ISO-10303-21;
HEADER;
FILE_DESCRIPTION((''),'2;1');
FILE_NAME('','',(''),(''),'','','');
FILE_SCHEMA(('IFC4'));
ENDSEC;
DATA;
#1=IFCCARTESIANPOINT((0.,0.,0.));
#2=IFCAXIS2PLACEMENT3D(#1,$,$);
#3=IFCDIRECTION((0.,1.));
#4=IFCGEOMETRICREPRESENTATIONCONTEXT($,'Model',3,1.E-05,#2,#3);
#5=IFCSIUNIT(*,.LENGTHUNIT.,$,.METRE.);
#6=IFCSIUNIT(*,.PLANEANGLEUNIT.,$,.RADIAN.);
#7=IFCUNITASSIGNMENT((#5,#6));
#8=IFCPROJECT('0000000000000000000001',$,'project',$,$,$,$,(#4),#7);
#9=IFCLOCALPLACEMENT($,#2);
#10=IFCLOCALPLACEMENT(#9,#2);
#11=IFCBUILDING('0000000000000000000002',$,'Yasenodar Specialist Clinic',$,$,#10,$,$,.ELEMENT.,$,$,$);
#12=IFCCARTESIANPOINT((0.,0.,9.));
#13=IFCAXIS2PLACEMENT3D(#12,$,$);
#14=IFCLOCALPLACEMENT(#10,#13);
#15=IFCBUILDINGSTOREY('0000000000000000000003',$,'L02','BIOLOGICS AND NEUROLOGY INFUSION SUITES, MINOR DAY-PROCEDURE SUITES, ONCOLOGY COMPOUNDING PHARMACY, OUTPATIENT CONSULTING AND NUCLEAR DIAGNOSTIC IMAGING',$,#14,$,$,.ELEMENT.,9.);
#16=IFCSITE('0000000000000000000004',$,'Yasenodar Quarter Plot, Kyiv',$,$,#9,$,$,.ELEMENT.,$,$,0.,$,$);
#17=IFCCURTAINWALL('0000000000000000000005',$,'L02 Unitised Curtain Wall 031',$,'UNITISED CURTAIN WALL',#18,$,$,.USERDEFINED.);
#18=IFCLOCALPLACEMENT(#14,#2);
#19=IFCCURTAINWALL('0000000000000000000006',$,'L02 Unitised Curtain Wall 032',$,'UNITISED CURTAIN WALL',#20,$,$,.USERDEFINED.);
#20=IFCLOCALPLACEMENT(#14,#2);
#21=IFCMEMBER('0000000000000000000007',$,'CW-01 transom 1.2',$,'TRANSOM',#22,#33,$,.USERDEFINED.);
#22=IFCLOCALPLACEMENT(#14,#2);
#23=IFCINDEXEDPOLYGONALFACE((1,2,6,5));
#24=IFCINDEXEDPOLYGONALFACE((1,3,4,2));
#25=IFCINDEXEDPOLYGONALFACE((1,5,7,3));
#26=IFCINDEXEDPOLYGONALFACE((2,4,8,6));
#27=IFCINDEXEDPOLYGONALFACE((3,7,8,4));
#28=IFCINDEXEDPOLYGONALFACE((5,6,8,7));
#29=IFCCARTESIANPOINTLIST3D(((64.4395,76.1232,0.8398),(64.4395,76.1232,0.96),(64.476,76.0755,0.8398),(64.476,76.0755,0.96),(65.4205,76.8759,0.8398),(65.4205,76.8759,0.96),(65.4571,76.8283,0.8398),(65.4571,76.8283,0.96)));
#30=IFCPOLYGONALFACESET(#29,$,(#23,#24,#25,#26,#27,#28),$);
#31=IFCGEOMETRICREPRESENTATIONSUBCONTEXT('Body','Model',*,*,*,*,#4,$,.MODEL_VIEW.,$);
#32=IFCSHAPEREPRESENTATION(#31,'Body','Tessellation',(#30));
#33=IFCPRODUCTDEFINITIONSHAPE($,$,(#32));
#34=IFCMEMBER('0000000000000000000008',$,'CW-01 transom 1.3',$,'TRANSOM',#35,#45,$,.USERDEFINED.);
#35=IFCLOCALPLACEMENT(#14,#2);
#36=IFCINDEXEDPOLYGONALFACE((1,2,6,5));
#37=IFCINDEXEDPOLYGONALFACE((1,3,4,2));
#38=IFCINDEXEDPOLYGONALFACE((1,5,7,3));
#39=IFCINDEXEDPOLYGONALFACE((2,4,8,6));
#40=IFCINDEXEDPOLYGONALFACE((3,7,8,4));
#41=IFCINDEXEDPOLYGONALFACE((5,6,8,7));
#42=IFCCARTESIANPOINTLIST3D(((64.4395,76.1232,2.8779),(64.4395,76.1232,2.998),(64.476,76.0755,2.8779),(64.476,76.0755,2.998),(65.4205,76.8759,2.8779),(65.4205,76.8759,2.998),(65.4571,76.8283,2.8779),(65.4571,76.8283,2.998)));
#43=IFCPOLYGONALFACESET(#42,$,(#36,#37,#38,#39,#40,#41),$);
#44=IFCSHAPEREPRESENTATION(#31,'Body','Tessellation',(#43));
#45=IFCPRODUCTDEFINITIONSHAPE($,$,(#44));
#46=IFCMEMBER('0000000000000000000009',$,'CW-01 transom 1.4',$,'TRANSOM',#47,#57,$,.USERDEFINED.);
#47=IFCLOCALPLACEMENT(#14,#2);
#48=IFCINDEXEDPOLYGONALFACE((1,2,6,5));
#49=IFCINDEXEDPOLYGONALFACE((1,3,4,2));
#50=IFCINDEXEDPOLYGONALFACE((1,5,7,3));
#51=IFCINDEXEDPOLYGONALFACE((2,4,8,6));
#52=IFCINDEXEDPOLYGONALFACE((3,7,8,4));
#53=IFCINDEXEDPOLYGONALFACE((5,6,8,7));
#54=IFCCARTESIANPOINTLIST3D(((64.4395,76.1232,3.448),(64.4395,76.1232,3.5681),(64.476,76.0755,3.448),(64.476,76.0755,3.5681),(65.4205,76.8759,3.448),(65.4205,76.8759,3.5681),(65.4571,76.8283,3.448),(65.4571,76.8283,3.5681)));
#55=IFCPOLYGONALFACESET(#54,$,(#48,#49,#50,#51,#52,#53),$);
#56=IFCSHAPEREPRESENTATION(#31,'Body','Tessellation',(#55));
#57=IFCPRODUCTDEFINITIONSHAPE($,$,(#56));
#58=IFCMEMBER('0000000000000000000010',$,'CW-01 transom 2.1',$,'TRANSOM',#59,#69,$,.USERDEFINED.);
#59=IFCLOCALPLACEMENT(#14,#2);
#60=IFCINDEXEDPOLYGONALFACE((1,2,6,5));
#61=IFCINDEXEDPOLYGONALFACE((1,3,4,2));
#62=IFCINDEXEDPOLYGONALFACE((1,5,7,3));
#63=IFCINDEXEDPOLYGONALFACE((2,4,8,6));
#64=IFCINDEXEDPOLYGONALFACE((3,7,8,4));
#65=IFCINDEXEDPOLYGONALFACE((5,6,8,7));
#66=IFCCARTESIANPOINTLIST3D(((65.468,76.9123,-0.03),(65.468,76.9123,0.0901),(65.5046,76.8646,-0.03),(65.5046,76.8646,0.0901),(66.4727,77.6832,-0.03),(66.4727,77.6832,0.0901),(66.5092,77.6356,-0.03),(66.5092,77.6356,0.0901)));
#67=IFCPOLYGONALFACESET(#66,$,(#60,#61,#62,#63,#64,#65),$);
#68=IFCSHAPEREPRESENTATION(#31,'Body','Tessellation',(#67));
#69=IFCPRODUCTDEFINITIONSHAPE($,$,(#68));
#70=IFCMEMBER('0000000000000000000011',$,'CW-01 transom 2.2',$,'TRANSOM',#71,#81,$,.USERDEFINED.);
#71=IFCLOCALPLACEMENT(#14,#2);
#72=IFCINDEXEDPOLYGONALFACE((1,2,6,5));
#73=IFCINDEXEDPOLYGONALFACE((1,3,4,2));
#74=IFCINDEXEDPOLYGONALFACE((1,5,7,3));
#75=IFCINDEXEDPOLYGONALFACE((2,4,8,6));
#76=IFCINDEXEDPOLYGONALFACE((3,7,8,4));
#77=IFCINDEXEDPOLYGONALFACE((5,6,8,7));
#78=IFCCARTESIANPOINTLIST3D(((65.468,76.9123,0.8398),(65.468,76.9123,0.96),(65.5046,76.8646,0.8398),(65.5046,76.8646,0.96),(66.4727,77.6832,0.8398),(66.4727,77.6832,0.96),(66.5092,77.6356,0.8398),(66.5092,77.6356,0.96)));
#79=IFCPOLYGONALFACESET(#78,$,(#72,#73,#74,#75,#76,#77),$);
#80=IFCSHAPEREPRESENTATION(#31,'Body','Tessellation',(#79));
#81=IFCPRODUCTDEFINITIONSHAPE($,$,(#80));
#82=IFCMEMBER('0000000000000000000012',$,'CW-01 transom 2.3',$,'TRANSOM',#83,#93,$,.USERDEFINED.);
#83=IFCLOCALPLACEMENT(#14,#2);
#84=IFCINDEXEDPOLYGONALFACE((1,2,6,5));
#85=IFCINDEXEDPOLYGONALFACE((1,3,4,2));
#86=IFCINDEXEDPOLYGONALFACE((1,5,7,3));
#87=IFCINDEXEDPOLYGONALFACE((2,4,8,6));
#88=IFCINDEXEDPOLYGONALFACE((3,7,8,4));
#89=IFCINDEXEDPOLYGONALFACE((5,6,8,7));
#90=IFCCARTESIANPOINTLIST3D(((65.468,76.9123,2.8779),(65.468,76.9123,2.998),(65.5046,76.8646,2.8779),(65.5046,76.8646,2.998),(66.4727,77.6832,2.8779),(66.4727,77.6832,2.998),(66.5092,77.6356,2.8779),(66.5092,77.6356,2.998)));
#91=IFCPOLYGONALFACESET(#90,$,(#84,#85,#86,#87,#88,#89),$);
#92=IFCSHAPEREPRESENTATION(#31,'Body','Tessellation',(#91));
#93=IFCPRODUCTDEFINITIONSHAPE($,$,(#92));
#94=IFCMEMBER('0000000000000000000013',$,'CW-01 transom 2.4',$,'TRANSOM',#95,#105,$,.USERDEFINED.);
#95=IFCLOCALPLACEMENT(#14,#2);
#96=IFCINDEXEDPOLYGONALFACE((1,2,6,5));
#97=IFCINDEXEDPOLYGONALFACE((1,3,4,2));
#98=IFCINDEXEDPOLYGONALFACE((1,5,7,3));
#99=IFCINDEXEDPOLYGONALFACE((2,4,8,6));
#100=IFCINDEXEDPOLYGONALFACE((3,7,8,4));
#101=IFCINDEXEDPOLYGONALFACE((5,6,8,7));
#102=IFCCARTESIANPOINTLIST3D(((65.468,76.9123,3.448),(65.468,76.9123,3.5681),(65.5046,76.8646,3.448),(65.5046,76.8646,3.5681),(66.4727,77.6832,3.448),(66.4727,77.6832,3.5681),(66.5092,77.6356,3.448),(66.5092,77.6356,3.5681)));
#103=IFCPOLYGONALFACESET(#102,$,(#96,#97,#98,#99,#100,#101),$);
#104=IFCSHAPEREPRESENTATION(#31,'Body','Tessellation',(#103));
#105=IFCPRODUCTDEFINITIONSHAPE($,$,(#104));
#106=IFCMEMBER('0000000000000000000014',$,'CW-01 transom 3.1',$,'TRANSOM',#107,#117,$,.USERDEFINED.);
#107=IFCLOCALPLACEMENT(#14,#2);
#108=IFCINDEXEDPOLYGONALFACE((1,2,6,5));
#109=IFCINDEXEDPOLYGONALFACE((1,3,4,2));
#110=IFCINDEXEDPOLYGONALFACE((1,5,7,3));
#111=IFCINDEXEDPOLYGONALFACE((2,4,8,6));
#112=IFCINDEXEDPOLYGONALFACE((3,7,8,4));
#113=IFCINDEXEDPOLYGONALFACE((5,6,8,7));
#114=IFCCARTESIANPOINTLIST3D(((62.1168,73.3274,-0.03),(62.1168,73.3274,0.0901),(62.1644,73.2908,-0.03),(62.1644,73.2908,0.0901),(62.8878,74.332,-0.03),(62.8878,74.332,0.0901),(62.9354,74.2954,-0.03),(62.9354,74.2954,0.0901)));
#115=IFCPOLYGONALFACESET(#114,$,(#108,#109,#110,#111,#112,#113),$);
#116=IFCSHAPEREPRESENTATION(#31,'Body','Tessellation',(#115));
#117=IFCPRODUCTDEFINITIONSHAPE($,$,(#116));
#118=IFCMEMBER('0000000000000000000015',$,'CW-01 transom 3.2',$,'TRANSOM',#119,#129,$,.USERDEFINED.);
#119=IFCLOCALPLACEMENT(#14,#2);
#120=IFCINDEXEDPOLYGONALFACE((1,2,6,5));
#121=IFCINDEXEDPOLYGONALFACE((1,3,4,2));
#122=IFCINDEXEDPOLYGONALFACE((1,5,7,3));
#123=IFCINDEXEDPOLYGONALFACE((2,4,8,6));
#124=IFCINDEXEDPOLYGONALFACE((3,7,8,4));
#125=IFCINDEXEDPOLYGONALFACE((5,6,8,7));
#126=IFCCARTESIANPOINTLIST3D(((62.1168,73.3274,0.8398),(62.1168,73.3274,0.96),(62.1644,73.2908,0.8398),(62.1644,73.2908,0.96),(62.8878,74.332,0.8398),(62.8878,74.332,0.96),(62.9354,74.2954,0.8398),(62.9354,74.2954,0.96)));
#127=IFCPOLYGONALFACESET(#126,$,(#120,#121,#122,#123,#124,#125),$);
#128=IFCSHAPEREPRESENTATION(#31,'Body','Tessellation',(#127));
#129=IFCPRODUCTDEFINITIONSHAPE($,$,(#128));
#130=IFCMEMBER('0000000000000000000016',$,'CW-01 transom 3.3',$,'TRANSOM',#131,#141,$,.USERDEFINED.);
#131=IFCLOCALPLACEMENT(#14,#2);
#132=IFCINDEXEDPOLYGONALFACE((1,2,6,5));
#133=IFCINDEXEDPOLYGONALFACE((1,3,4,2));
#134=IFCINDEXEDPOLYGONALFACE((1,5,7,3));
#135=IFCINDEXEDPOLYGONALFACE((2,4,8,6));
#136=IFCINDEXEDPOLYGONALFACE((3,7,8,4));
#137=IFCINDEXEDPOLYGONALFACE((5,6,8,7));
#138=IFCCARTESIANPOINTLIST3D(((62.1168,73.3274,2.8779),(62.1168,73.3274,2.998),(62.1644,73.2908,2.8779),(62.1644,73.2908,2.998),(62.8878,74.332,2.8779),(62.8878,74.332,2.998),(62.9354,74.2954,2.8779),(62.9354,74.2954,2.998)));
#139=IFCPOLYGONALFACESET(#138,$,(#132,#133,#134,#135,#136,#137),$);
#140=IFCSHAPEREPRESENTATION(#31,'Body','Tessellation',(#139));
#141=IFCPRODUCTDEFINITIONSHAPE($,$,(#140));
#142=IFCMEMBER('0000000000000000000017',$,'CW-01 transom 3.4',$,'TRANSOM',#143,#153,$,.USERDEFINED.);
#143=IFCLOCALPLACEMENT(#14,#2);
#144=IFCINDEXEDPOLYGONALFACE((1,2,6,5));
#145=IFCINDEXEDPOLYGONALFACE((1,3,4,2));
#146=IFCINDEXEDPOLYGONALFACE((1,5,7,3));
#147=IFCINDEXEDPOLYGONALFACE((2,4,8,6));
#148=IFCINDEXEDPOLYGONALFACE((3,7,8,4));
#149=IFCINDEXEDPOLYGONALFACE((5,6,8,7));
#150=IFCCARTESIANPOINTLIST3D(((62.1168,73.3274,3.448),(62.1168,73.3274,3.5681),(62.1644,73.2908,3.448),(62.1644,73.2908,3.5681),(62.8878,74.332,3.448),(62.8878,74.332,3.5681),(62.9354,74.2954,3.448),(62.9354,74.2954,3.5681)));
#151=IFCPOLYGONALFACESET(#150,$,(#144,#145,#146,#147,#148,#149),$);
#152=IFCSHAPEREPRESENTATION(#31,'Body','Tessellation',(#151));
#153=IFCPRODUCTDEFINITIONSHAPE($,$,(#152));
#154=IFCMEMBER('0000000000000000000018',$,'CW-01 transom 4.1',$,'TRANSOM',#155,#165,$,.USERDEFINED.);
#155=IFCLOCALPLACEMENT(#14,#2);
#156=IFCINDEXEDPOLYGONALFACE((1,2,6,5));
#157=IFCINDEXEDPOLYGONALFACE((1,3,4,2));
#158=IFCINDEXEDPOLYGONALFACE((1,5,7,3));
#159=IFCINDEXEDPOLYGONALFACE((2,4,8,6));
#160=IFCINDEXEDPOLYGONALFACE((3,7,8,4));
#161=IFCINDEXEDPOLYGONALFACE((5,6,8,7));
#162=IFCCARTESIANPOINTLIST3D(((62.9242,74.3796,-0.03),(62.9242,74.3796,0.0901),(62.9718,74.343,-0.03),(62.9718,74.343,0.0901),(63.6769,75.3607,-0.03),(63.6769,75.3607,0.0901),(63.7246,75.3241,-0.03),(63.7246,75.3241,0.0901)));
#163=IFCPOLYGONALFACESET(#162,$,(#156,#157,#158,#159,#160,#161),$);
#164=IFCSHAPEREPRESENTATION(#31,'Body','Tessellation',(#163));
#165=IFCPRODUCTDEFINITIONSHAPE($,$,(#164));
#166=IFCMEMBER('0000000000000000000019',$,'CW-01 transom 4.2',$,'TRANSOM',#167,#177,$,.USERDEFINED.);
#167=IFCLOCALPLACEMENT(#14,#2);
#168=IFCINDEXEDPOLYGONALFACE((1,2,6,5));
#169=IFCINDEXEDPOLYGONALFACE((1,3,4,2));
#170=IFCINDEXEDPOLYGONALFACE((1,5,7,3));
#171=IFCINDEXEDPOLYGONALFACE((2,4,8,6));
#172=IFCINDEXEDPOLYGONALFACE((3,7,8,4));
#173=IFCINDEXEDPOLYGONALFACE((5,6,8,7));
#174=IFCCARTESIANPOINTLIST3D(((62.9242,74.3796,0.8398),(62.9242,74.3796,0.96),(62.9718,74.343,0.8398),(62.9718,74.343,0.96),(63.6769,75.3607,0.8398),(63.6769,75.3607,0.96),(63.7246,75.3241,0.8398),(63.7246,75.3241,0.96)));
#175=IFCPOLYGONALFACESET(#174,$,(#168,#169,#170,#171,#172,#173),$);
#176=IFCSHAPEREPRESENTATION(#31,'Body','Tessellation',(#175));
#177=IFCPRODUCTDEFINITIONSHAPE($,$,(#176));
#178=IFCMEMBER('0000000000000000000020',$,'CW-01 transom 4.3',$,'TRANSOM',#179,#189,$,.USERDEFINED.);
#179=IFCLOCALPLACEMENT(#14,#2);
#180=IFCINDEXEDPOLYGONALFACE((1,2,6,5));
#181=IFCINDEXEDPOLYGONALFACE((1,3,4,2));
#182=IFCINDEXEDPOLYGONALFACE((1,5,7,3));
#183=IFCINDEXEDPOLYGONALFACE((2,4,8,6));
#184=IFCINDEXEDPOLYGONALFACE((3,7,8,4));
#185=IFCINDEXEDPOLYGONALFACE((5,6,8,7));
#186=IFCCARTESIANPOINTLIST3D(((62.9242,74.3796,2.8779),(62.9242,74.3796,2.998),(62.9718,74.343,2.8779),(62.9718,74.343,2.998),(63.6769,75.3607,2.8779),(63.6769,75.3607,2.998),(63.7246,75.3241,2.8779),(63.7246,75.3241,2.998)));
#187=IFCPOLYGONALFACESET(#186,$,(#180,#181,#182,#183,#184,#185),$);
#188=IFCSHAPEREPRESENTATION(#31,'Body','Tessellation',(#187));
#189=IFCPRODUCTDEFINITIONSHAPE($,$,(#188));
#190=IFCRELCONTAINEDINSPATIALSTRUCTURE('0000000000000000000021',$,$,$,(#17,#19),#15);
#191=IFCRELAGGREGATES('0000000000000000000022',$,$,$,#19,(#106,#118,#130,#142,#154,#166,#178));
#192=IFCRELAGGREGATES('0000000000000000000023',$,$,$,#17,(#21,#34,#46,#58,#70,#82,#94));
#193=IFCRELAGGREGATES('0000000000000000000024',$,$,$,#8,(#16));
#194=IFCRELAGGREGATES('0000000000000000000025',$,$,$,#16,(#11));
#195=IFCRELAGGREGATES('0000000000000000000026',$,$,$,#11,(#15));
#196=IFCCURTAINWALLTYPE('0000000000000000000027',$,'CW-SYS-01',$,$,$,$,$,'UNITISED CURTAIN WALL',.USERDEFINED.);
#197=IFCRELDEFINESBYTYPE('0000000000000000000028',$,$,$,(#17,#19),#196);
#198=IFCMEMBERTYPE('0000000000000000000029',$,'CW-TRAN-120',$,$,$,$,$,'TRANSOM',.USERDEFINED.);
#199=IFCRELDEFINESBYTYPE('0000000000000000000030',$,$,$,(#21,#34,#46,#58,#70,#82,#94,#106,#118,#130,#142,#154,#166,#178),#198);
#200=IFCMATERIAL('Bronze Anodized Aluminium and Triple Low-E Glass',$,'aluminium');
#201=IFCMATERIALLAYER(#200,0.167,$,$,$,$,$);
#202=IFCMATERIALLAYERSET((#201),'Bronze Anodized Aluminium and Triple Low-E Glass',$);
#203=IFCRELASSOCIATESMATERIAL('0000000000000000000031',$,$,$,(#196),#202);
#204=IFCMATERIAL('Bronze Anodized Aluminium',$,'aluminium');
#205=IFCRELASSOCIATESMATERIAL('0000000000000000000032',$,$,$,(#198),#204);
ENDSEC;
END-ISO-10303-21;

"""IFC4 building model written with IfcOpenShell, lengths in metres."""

from ifc_helpers import new_model, si_unit, direction, frame, origin, origin_2d, place, context, subcontext, project, spatial, rectangle, extrude, material, layer, layer_set, material_profile, profile_set, type_object, element, aggregate, save


model = new_model("IFC4")

# Units and contexts
model_context = context("Model", 3, precision=1e-05, world=origin(), true_north=direction((0.0, 1.0)))
body_context = subcontext(model_context, "Body", "Model", "MODEL_VIEW")
ifc_project = project(units=[si_unit("LENGTHUNIT", "METRE"), si_unit("PLANEANGLEUNIT", "RADIAN")], contexts=[model_context])

# Site, building, storey
site_placement = place(None, origin())
site = spatial("IfcSite", under=ifc_project, at=site_placement, Name="Yasenodar Quarter Plot, Kyiv", CompositionType="ELEMENT", RefElevation=0.0)
building_placement = place(site_placement, origin())
building = spatial("IfcBuilding", under=site, at=building_placement, Name="Yasenodar Specialist Clinic", CompositionType="ELEMENT")
storey_placement = place(building_placement, frame((0.0, 0.0, 9.0)))
storey = spatial("IfcBuildingStorey", under=building, at=storey_placement, Name="L02", Description="BIOLOGICS AND NEUROLOGY INFUSION SUITES, MINOR DAY-PROCEDURE SUITES, ONCOLOGY COMPOUNDING PHARMACY, OUTPATIENT CONSULTING AND NUCLEAR DIAGNOSTIC IMAGING", CompositionType="ELEMENT", Elevation=9.0)

# Curtain walls
ifc_material_1 = material(Name="Bronze Anodized Aluminium and Triple Low-E Glass", Category="aluminium")
ifc_layer_1 = layer(ifc_material_1, 0.167)
ifc_layer_set_1 = layer_set([ifc_layer_1], Name="Bronze Anodized Aluminium and Triple Low-E Glass")
curtain_wall_type = type_object("IfcCurtainWallType", Name="CW-SYS-01", ElementType="UNITISED CURTAIN WALL", PredefinedType="USERDEFINED", material=ifc_layer_set_1)
curtain_wall_1_placement = place(storey_placement, origin())
curtain_wall_1 = element("IfcCurtainWall", 1, at=curtain_wall_1_placement, inside=storey, type_object=curtain_wall_type, Name="L02 Unitised Curtain Wall 031", ObjectType="UNITISED CURTAIN WALL", PredefinedType="USERDEFINED")
ifc_material_2 = material(Name="Bronze Anodized Aluminium", Category="aluminium")
curtain_wall_2_placement = place(storey_placement, origin())
curtain_wall_2 = element("IfcCurtainWall", 2, at=curtain_wall_2_placement, inside=storey, type_object=curtain_wall_type, Name="L02 Unitised Curtain Wall 032", ObjectType="UNITISED CURTAIN WALL", PredefinedType="USERDEFINED")

# Members
ifc_material_profile_1 = material_profile(ifc_material_2, rectangle(XDim=0.0601, YDim=0.1201, at=origin_2d()), Name="CW-TRAN 60x120")
ifc_profile_set_1 = profile_set([ifc_material_profile_1], Name="Bronze Anodized Aluminium")
member_type_1 = type_object("IfcMemberType", Name="CW-TRAN-120", ElementType="TRANSOM", PredefinedType="USERDEFINED", material=ifc_profile_set_1)
member_1_placement = place(storey_placement, frame((64.4578, 76.0994, 0.8999), z_axis=(0.793365, 0.608747, 0.0), x_axis=(-0.608747, 0.793365, 0.0)))
member_1 = element("IfcMember", 3, at=member_1_placement, type_object=member_type_1, Name="CW-01 transom 1.2", ObjectType="TRANSOM", PredefinedType="USERDEFINED", context=body_context, shape_type="SweptSolid", body=[
    extrude(rectangle(XDim=0.0601, YDim=0.1201, at=origin_2d()), origin(), (0.0, 0.0, 1.0), 1.2366),
])
member_2_placement = place(storey_placement, frame((64.4578, 76.0994, 2.938), z_axis=(0.793365, 0.608747, 0.0), x_axis=(-0.608747, 0.793365, 0.0)))
member_2 = element("IfcMember", 4, at=member_2_placement, type_object=member_type_1, Name="CW-01 transom 1.3", ObjectType="TRANSOM", PredefinedType="USERDEFINED", context=body_context, shape_type="SweptSolid", body=[
    extrude(rectangle(XDim=0.0601, YDim=0.1201, at=origin_2d()), origin(), (0.0, 0.0, 1.0), 1.2366),
])
member_3_placement = place(storey_placement, frame((64.4578, 76.0994, 3.5081), z_axis=(0.793365, 0.608747, 0.0), x_axis=(-0.608747, 0.793365, 0.0)))
member_3 = element("IfcMember", 5, at=member_3_placement, type_object=member_type_1, Name="CW-01 transom 1.4", ObjectType="TRANSOM", PredefinedType="USERDEFINED", context=body_context, shape_type="SweptSolid", body=[
    extrude(rectangle(XDim=0.0601, YDim=0.1201, at=origin_2d()), origin(), (0.0, 0.0, 1.0), 1.2366),
])
member_4_placement = place(storey_placement, frame((65.4863, 76.8884, 0.03), z_axis=(0.793311, 0.608816, 0.0), x_axis=(-0.608816, 0.793311, 0.0)))
member_4 = element("IfcMember", 6, at=member_4_placement, type_object=member_type_1, Name="CW-01 transom 2.1", ObjectType="TRANSOM", PredefinedType="USERDEFINED", context=body_context, shape_type="SweptSolid", body=[
    extrude(rectangle(XDim=0.0601, YDim=0.1201, at=origin_2d()), origin(), (0.0, 0.0, 1.0), 1.2664),
])
member_5_placement = place(storey_placement, frame((65.4863, 76.8884, 0.8999), z_axis=(0.793311, 0.608816, 0.0), x_axis=(-0.608816, 0.793311, 0.0)))
member_5 = element("IfcMember", 7, at=member_5_placement, type_object=member_type_1, Name="CW-01 transom 2.2", ObjectType="TRANSOM", PredefinedType="USERDEFINED", context=body_context, shape_type="SweptSolid", body=[
    extrude(rectangle(XDim=0.0601, YDim=0.1201, at=origin_2d()), origin(), (0.0, 0.0, 1.0), 1.2664),
])
member_6_placement = place(storey_placement, frame((65.4863, 76.8884, 2.938), z_axis=(0.793311, 0.608816, 0.0), x_axis=(-0.608816, 0.793311, 0.0)))
member_6 = element("IfcMember", 8, at=member_6_placement, type_object=member_type_1, Name="CW-01 transom 2.3", ObjectType="TRANSOM", PredefinedType="USERDEFINED", context=body_context, shape_type="SweptSolid", body=[
    extrude(rectangle(XDim=0.0601, YDim=0.1201, at=origin_2d()), origin(), (0.0, 0.0, 1.0), 1.2664),
])
member_7_placement = place(storey_placement, frame((65.4863, 76.8884, 3.5081), z_axis=(0.793311, 0.608816, 0.0), x_axis=(-0.608816, 0.793311, 0.0)))
member_7 = element("IfcMember", 9, at=member_7_placement, type_object=member_type_1, Name="CW-01 transom 2.4", ObjectType="TRANSOM", PredefinedType="USERDEFINED", context=body_context, shape_type="SweptSolid", body=[
    extrude(rectangle(XDim=0.0601, YDim=0.1201, at=origin_2d()), origin(), (0.0, 0.0, 1.0), 1.2664),
])
member_8_placement = place(storey_placement, frame((62.1406, 73.3091, 0.03), z_axis=(0.608816, 0.793311, 0.0), x_axis=(-0.793311, 0.608816, 0.0)))
member_8 = element("IfcMember", 10, at=member_8_placement, type_object=member_type_1, Name="CW-01 transom 3.1", ObjectType="TRANSOM", PredefinedType="USERDEFINED", context=body_context, shape_type="SweptSolid", body=[
    extrude(rectangle(XDim=0.0601, YDim=0.1201, at=origin_2d()), origin(), (0.0, 0.0, 1.0), 1.2664),
])
member_9_placement = place(storey_placement, frame((62.1406, 73.3091, 0.8999), z_axis=(0.608816, 0.793311, 0.0), x_axis=(-0.793311, 0.608816, 0.0)))
member_9 = element("IfcMember", 11, at=member_9_placement, type_object=member_type_1, Name="CW-01 transom 3.2", ObjectType="TRANSOM", PredefinedType="USERDEFINED", context=body_context, shape_type="SweptSolid", body=[
    extrude(rectangle(XDim=0.0601, YDim=0.1201, at=origin_2d()), origin(), (0.0, 0.0, 1.0), 1.2664),
])
member_10_placement = place(storey_placement, frame((62.1406, 73.3091, 2.938), z_axis=(0.608816, 0.793311, 0.0), x_axis=(-0.793311, 0.608816, 0.0)))
member_10 = element("IfcMember", 12, at=member_10_placement, type_object=member_type_1, Name="CW-01 transom 3.3", ObjectType="TRANSOM", PredefinedType="USERDEFINED", context=body_context, shape_type="SweptSolid", body=[
    extrude(rectangle(XDim=0.0601, YDim=0.1201, at=origin_2d()), origin(), (0.0, 0.0, 1.0), 1.2664),
])
member_11_placement = place(storey_placement, frame((62.1406, 73.3091, 3.5081), z_axis=(0.608816, 0.793311, 0.0), x_axis=(-0.793311, 0.608816, 0.0)))
member_11 = element("IfcMember", 13, at=member_11_placement, type_object=member_type_1, Name="CW-01 transom 3.4", ObjectType="TRANSOM", PredefinedType="USERDEFINED", context=body_context, shape_type="SweptSolid", body=[
    extrude(rectangle(XDim=0.0601, YDim=0.1201, at=origin_2d()), origin(), (0.0, 0.0, 1.0), 1.2664),
])
member_12_placement = place(storey_placement, frame((62.948, 74.3613, 0.03), z_axis=(0.608747, 0.793365, 0.0), x_axis=(-0.793365, 0.608747, 0.0)))
member_12 = element("IfcMember", 14, at=member_12_placement, type_object=member_type_1, Name="CW-01 transom 4.1", ObjectType="TRANSOM", PredefinedType="USERDEFINED", context=body_context, shape_type="SweptSolid", body=[
    extrude(rectangle(XDim=0.0601, YDim=0.1201, at=origin_2d()), origin(), (0.0, 0.0, 1.0), 1.2366),
])
member_13_placement = place(storey_placement, frame((62.948, 74.3613, 0.8999), z_axis=(0.608747, 0.793365, 0.0), x_axis=(-0.793365, 0.608747, 0.0)))
member_13 = element("IfcMember", 15, at=member_13_placement, type_object=member_type_1, Name="CW-01 transom 4.2", ObjectType="TRANSOM", PredefinedType="USERDEFINED", context=body_context, shape_type="SweptSolid", body=[
    extrude(rectangle(XDim=0.0601, YDim=0.1201, at=origin_2d()), origin(), (0.0, 0.0, 1.0), 1.2366),
])
member_14_placement = place(storey_placement, frame((62.948, 74.3613, 2.938), z_axis=(0.608747, 0.793365, 0.0), x_axis=(-0.793365, 0.608747, 0.0)))
member_14 = element("IfcMember", 16, at=member_14_placement, type_object=member_type_1, Name="CW-01 transom 4.3", ObjectType="TRANSOM", PredefinedType="USERDEFINED", context=body_context, shape_type="SweptSolid", body=[
    extrude(rectangle(XDim=0.0601, YDim=0.1201, at=origin_2d()), origin(), (0.0, 0.0, 1.0), 1.2366),
])

aggregate(curtain_wall_2, [member_8, member_9, member_10, member_11, member_12, member_13, member_14])
aggregate(curtain_wall_1, [member_1, member_2, member_3, member_4, member_5, member_6, member_7])

save(model, "model.ifc")
